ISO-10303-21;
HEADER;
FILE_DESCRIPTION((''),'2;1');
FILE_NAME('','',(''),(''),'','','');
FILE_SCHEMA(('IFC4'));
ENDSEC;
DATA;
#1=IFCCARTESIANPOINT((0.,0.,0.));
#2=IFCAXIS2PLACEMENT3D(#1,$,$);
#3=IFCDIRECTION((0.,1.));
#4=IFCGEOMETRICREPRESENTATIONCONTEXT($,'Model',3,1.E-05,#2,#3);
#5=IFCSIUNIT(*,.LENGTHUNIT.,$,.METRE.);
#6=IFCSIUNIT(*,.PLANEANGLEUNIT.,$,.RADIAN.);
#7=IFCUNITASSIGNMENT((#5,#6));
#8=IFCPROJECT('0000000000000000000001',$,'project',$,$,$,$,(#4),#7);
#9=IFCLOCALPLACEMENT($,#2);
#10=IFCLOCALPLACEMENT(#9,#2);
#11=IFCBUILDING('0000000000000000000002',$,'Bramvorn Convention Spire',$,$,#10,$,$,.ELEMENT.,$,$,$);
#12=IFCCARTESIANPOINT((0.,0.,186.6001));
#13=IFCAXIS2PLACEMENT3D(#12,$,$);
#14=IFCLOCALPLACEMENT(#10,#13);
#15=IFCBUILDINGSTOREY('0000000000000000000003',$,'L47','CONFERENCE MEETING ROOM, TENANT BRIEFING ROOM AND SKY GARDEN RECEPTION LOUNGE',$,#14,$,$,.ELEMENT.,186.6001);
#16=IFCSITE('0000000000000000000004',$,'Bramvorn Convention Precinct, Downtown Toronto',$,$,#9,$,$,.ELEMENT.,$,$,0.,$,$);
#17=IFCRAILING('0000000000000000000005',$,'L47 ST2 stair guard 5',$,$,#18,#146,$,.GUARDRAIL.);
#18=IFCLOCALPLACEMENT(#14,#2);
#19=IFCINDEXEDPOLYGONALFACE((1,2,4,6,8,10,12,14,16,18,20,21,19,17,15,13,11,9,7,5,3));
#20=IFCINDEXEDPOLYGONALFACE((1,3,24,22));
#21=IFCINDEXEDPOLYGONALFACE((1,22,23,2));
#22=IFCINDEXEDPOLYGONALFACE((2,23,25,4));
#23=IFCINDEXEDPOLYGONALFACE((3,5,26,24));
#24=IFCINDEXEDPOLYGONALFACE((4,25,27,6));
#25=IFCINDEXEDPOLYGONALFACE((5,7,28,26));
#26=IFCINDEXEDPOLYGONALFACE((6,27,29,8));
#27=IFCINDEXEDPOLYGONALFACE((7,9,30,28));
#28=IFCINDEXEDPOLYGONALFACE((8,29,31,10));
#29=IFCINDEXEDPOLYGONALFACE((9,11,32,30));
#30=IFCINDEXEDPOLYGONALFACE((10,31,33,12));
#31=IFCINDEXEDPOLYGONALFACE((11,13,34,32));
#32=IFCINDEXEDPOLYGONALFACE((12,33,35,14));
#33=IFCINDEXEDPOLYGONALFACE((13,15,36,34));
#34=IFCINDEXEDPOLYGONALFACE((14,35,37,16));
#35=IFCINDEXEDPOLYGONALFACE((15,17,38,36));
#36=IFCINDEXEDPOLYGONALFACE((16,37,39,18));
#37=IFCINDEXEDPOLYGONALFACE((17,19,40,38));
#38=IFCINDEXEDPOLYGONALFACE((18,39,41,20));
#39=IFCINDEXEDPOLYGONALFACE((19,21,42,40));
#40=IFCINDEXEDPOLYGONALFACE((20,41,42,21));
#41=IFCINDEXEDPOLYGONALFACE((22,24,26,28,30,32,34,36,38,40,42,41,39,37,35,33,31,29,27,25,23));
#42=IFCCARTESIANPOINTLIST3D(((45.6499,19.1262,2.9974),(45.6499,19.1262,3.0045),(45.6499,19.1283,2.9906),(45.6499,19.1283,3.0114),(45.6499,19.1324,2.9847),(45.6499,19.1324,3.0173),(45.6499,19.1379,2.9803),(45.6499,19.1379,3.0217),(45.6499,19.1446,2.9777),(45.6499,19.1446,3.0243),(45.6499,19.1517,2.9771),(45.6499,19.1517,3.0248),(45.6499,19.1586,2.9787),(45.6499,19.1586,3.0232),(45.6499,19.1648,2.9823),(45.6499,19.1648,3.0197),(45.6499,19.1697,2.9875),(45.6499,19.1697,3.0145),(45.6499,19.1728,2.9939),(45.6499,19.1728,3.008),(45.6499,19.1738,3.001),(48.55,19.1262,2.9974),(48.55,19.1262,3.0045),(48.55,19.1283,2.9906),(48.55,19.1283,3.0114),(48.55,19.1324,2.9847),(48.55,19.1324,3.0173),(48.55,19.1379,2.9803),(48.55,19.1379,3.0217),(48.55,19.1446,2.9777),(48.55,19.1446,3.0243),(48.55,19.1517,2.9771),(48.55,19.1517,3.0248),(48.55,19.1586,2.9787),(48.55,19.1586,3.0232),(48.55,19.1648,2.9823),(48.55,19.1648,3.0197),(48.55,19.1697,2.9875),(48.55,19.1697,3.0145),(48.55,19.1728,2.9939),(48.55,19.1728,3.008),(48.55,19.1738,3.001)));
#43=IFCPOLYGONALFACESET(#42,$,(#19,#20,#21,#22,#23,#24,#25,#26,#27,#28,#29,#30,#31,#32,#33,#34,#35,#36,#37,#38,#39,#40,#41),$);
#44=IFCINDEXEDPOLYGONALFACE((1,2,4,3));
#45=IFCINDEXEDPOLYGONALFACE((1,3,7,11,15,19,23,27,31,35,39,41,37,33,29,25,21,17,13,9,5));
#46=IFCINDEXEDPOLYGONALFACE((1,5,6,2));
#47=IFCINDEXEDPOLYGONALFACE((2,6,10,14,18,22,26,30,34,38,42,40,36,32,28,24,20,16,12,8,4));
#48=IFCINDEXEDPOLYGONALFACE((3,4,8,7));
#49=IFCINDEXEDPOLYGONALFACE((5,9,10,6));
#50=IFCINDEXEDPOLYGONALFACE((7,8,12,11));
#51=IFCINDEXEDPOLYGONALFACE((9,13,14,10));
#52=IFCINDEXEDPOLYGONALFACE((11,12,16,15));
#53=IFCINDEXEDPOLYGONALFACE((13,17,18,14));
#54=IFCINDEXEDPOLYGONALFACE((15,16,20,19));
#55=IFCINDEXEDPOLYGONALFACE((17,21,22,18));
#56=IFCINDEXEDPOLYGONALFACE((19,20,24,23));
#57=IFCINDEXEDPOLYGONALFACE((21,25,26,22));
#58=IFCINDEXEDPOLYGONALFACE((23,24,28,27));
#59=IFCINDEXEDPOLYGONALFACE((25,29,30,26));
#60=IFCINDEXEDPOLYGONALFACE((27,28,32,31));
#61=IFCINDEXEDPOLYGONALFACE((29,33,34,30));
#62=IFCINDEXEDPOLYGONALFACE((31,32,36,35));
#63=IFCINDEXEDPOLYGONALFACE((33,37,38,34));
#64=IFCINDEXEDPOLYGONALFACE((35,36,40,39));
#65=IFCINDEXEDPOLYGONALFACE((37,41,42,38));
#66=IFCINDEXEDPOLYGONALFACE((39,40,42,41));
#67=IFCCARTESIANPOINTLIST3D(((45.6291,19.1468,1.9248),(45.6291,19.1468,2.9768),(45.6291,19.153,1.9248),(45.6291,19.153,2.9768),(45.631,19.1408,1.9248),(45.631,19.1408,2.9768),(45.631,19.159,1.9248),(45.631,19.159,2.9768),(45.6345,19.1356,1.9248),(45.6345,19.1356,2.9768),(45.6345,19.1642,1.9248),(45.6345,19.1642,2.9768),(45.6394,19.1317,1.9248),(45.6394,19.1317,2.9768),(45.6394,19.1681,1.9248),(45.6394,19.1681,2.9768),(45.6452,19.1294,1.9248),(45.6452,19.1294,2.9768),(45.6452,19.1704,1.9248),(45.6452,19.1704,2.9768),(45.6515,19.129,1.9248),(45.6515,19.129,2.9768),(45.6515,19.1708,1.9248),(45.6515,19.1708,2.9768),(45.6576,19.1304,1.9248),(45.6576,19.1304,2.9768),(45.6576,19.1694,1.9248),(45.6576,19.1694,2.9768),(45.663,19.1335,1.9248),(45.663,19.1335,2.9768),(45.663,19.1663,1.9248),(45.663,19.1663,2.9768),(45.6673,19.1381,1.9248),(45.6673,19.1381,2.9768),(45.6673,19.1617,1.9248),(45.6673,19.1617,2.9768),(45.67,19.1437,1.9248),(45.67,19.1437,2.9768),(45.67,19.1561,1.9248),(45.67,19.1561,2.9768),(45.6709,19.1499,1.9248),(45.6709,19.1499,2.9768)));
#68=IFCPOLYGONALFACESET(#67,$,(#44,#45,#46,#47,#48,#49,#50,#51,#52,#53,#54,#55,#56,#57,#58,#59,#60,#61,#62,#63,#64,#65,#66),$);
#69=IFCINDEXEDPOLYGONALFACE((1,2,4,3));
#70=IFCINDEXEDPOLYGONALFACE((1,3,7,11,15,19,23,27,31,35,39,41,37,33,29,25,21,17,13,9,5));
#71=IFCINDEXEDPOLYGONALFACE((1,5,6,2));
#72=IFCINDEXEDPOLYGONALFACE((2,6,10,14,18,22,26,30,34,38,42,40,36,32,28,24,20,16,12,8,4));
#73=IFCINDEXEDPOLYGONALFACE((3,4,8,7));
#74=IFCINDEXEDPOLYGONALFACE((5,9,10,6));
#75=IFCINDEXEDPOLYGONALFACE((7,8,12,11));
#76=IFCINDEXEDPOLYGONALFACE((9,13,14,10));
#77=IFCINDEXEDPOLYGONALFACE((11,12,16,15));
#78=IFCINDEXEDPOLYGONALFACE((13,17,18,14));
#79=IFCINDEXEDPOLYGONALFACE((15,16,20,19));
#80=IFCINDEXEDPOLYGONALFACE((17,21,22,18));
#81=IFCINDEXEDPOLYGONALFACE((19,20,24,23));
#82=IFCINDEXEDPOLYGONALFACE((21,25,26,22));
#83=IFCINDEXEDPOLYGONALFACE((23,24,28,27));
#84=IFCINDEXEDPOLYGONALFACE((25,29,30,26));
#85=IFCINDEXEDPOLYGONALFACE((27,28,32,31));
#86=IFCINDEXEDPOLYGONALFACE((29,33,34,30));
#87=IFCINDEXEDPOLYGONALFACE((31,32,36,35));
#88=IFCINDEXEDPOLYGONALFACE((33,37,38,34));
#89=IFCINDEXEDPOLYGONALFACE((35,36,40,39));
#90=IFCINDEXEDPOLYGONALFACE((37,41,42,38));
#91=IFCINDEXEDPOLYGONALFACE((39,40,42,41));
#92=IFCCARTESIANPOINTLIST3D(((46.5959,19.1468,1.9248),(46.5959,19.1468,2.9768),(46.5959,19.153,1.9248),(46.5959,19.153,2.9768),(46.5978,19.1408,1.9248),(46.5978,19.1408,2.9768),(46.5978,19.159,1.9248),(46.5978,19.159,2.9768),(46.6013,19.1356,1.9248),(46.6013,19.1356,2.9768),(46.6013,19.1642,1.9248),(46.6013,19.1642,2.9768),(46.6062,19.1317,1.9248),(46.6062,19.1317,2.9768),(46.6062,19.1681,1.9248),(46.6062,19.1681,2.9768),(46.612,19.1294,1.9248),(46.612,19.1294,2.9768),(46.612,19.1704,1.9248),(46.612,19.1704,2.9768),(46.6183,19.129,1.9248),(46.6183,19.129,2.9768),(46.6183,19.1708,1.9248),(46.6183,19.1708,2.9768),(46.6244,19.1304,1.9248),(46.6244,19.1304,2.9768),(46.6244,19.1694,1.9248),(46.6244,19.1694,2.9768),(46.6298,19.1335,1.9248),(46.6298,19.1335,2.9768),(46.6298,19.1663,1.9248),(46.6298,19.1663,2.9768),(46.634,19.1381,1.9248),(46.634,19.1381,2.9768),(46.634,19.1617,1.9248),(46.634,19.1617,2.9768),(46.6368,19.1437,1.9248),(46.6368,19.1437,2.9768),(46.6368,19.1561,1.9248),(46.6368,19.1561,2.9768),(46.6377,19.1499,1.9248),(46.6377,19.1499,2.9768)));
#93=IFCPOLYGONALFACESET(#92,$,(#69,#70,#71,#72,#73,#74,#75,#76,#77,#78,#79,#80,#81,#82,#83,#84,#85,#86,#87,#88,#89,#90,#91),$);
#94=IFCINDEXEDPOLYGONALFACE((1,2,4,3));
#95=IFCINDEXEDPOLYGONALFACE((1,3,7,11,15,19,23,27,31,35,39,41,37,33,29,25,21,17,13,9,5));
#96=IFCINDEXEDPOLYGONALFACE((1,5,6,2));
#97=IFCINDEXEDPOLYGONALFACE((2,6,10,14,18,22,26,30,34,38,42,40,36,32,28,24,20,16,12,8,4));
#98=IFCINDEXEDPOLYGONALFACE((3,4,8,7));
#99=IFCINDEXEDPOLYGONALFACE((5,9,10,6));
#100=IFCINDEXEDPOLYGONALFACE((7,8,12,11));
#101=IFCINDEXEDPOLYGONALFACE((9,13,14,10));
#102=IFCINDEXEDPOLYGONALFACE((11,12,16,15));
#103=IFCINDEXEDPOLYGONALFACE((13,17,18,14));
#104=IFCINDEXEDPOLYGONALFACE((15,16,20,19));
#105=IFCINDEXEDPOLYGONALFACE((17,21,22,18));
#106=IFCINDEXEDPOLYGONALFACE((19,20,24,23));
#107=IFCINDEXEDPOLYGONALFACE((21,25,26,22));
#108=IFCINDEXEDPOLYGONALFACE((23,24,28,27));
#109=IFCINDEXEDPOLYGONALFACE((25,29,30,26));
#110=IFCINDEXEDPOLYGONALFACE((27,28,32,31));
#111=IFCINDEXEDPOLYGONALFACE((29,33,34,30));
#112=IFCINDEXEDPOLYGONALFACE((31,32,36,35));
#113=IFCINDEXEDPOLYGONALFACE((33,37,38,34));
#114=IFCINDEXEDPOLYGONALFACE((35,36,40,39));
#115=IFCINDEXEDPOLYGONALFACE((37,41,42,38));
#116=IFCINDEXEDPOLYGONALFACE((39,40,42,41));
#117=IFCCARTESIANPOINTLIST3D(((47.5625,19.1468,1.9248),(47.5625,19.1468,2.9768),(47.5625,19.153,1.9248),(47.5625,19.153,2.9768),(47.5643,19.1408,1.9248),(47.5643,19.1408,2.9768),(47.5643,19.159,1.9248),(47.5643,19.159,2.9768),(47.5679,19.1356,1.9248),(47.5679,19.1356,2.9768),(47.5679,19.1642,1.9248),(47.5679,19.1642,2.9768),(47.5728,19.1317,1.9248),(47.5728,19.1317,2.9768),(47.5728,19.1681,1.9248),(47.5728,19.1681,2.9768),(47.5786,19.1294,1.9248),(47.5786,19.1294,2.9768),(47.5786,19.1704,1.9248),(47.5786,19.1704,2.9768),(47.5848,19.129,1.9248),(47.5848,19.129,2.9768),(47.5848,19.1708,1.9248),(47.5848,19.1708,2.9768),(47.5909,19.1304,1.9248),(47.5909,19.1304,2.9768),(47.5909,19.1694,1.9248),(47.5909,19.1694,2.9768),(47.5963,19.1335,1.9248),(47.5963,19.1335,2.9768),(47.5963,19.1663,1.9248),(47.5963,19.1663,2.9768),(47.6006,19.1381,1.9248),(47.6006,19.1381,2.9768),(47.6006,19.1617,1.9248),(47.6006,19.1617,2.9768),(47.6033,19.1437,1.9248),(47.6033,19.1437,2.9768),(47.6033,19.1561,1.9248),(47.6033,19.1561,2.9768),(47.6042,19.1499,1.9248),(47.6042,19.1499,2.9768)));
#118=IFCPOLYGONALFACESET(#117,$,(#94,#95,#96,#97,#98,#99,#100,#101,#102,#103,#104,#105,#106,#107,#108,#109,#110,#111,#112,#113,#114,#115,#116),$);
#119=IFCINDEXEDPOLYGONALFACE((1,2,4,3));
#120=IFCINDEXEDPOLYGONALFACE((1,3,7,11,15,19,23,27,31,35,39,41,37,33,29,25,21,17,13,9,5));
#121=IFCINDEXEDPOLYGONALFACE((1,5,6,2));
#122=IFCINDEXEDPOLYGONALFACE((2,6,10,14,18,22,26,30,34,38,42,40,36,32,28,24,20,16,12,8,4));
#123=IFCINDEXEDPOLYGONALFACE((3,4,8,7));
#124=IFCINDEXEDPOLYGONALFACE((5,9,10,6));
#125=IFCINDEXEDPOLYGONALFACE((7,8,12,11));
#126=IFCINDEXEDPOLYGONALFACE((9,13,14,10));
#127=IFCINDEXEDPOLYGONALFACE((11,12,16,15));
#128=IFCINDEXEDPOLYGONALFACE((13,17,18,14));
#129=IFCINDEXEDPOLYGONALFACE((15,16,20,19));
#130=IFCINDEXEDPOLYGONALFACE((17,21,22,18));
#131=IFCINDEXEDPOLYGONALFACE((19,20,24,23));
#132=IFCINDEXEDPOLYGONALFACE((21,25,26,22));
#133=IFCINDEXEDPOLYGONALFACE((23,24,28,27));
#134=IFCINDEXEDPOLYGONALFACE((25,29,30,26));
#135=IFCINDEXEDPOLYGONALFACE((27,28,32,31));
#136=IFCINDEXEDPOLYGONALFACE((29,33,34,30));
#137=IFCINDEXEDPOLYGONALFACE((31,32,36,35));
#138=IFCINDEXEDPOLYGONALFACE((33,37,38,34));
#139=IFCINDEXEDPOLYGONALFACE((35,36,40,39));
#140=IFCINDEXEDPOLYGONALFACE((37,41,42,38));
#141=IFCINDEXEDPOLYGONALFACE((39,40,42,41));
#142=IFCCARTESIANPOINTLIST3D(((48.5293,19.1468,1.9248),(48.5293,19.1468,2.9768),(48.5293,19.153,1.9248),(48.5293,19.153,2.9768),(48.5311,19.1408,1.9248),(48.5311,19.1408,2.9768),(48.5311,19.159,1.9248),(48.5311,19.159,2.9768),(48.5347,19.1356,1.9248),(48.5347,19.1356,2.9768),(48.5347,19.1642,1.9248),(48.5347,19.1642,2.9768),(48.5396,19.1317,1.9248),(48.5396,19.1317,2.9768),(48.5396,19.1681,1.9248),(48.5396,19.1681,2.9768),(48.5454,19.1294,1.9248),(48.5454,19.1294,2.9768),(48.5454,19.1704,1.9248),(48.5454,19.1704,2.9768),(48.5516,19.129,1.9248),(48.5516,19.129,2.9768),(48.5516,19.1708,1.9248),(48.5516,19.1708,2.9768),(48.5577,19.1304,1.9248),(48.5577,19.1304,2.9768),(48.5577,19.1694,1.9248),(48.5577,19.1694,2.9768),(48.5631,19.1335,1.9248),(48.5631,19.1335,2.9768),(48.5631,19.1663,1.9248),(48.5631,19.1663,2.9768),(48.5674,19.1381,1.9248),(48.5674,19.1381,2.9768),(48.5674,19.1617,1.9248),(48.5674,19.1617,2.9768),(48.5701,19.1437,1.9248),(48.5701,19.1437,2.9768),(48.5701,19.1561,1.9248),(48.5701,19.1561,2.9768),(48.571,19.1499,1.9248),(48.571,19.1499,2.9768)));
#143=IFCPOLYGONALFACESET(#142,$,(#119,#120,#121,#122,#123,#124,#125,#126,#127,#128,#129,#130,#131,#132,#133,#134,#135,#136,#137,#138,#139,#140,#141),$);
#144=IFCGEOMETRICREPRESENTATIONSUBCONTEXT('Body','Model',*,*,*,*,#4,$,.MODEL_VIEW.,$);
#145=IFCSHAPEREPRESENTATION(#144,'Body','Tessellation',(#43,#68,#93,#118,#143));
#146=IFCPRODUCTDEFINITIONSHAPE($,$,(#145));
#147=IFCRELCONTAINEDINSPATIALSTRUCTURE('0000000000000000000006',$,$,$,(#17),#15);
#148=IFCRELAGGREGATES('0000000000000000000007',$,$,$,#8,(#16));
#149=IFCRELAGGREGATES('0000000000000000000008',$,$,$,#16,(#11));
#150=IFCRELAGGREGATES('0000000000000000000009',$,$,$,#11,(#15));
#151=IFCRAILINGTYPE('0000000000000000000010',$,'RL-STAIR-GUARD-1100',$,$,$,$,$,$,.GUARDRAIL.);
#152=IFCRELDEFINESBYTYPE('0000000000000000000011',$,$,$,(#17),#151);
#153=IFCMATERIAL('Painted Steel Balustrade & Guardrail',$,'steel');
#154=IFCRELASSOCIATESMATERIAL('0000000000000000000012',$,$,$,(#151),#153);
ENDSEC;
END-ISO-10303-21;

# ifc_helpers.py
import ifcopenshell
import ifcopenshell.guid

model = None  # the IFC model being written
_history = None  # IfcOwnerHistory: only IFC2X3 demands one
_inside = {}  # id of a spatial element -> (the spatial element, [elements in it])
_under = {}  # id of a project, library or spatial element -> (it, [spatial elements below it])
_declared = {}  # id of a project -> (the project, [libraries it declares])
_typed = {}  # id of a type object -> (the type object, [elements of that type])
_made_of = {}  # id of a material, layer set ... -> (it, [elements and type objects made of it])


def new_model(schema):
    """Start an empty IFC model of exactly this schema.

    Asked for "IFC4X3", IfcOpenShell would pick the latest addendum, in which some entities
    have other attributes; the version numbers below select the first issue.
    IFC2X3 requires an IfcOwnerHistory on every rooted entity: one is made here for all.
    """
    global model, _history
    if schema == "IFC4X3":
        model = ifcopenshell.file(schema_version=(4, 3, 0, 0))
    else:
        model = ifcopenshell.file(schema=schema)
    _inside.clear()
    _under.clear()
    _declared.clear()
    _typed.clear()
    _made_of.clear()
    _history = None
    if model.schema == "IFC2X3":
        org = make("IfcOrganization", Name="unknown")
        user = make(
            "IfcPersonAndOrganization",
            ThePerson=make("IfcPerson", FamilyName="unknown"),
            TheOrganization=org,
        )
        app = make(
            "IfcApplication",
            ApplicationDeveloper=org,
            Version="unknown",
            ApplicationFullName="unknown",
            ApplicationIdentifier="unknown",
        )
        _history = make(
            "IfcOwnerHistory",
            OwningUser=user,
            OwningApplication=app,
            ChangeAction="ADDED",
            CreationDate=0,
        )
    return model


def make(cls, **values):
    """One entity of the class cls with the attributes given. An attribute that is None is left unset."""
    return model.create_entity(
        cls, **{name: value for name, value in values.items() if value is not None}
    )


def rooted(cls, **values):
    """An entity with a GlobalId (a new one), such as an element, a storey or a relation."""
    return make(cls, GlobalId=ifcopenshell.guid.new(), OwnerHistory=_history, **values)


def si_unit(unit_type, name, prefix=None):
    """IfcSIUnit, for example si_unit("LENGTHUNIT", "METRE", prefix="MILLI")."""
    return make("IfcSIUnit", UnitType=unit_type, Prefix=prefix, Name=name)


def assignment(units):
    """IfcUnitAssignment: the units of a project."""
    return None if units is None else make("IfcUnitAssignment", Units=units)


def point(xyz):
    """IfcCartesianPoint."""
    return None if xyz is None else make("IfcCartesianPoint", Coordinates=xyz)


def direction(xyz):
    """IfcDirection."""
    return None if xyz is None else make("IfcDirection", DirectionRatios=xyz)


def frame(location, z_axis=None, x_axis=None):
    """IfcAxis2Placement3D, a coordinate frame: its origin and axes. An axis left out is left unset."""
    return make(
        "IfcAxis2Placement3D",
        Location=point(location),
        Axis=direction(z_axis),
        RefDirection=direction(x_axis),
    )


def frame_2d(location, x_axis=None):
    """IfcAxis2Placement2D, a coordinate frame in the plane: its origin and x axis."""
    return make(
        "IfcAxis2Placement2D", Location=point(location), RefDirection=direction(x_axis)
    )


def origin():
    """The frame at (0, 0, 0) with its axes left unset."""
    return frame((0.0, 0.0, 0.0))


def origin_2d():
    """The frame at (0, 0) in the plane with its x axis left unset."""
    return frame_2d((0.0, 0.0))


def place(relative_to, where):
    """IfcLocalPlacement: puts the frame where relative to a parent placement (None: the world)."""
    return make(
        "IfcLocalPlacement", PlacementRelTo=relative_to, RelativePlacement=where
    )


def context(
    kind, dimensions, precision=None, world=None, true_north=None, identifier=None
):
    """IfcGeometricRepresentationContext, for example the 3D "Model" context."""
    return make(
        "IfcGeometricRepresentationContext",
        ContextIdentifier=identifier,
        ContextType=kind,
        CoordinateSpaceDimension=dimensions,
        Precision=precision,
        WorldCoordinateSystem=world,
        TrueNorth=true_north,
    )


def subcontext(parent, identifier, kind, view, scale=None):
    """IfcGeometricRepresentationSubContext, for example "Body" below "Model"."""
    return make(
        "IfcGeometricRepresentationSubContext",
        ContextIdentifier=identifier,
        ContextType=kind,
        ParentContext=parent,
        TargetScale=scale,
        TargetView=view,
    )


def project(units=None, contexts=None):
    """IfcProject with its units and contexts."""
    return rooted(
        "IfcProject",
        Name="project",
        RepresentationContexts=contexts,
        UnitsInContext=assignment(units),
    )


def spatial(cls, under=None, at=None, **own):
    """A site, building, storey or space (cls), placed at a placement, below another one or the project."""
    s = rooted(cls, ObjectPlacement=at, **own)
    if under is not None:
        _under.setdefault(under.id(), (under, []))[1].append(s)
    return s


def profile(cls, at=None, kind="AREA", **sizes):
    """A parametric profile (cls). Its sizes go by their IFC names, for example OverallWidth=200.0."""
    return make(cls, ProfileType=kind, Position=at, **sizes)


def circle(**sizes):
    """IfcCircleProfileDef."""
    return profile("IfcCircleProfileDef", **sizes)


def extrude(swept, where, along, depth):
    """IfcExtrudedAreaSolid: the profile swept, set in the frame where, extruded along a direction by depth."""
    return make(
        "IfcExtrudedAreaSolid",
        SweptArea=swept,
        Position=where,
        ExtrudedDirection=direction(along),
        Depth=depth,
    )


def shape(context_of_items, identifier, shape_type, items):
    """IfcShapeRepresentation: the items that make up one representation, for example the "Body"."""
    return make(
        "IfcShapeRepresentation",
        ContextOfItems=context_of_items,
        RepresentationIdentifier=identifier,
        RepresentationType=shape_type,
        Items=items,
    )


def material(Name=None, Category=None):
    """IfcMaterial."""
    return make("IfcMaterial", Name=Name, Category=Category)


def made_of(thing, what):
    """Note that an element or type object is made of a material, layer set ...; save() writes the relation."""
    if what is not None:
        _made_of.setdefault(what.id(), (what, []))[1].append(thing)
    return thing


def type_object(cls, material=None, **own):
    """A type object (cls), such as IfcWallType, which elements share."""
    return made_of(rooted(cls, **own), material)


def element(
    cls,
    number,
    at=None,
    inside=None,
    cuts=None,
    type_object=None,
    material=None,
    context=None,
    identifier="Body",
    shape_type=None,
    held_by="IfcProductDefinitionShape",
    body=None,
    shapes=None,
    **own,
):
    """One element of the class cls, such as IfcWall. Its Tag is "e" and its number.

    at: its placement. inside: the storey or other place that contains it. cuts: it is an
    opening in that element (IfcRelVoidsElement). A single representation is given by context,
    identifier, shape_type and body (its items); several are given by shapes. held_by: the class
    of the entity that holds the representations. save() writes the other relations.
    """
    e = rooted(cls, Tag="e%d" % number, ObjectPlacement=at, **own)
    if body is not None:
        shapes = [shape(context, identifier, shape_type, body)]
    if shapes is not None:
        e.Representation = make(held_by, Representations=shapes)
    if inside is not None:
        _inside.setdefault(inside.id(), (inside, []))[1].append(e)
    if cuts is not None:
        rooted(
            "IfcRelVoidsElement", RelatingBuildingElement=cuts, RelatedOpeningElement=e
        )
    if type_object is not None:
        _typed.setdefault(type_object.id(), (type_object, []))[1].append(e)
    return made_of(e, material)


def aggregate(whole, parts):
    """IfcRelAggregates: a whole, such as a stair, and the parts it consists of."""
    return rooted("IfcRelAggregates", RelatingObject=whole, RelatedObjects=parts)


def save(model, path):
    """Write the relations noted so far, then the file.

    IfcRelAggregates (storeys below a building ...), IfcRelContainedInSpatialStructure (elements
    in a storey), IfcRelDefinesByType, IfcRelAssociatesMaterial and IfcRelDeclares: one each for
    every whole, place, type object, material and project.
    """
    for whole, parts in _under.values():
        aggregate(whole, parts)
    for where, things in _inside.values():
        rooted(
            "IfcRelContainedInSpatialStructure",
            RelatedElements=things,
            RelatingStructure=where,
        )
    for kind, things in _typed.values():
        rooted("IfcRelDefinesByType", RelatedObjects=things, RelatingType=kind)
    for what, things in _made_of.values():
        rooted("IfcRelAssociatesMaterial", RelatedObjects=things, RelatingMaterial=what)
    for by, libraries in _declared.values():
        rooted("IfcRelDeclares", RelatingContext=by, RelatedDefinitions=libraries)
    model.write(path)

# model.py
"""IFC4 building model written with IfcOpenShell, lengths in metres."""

from ifc_helpers import new_model, si_unit, direction, frame, origin, origin_2d, place, context, subcontext, project, spatial, circle, extrude, material, type_object, element, save


model = new_model("IFC4")

# Units and contexts
model_context = context("Model", 3, precision=1e-05, world=origin(), true_north=direction((0.0, 1.0)))
body_context = subcontext(model_context, "Body", "Model", "MODEL_VIEW")
ifc_project = project(units=[si_unit("LENGTHUNIT", "METRE"), si_unit("PLANEANGLEUNIT", "RADIAN")], contexts=[model_context])

# Site, building, storey
site_placement = place(None, origin())
site = spatial("IfcSite", under=ifc_project, at=site_placement, Name="Bramvorn Convention Precinct, Downtown Toronto", CompositionType="ELEMENT", RefElevation=0.0)
building_placement = place(site_placement, origin())
building = spatial("IfcBuilding", under=site, at=building_placement, Name="Bramvorn Convention Spire", CompositionType="ELEMENT")
storey_placement = place(building_placement, frame((0.0, 0.0, 186.6001)))
storey = spatial("IfcBuildingStorey", under=building, at=storey_placement, Name="L47", Description="CONFERENCE MEETING ROOM, TENANT BRIEFING ROOM AND SKY GARDEN RECEPTION LOUNGE", CompositionType="ELEMENT", Elevation=186.6001)

# Railing
ifc_material_1 = material(Name="Painted Steel Balustrade & Guardrail", Category="steel")
railing_type_1 = type_object("IfcRailingType", Name="RL-STAIR-GUARD-1100", PredefinedType="GUARDRAIL", material=ifc_material_1)
railing_1_placement = place(storey_placement, frame((45.6499, 19.1499, 1.9248)))
element("IfcRailing", 1, at=railing_1_placement, inside=storey, type_object=railing_type_1, Name="L47 ST2 stair guard 5", PredefinedType="GUARDRAIL", context=body_context, shape_type="SweptSolid", body=[
    extrude(circle(Radius=0.0239, at=origin_2d()), frame((0.0, 0.0, 1.0762), z_axis=(1.0, 0.0, 0.0), x_axis=(0.0, 1.0, 0.0)), (0.0, 0.0, 1.0), 2.9001),
    extrude(circle(Radius=0.021, at=origin_2d()), origin(), (0.0, 0.0, 1.0), 1.052),
    extrude(circle(Radius=0.021, at=origin_2d()), frame((0.9668, 0.0, 0.0)), (0.0, 0.0, 1.0), 1.052),
    extrude(circle(Radius=0.021, at=origin_2d()), frame((1.9333, 0.0, 0.0)), (0.0, 0.0, 1.0), 1.052),
    extrude(circle(Radius=0.021, at=origin_2d()), frame((2.9001, 0.0, 0.0)), (0.0, 0.0, 1.0), 1.052),
])

save(model, "model.ifc")
